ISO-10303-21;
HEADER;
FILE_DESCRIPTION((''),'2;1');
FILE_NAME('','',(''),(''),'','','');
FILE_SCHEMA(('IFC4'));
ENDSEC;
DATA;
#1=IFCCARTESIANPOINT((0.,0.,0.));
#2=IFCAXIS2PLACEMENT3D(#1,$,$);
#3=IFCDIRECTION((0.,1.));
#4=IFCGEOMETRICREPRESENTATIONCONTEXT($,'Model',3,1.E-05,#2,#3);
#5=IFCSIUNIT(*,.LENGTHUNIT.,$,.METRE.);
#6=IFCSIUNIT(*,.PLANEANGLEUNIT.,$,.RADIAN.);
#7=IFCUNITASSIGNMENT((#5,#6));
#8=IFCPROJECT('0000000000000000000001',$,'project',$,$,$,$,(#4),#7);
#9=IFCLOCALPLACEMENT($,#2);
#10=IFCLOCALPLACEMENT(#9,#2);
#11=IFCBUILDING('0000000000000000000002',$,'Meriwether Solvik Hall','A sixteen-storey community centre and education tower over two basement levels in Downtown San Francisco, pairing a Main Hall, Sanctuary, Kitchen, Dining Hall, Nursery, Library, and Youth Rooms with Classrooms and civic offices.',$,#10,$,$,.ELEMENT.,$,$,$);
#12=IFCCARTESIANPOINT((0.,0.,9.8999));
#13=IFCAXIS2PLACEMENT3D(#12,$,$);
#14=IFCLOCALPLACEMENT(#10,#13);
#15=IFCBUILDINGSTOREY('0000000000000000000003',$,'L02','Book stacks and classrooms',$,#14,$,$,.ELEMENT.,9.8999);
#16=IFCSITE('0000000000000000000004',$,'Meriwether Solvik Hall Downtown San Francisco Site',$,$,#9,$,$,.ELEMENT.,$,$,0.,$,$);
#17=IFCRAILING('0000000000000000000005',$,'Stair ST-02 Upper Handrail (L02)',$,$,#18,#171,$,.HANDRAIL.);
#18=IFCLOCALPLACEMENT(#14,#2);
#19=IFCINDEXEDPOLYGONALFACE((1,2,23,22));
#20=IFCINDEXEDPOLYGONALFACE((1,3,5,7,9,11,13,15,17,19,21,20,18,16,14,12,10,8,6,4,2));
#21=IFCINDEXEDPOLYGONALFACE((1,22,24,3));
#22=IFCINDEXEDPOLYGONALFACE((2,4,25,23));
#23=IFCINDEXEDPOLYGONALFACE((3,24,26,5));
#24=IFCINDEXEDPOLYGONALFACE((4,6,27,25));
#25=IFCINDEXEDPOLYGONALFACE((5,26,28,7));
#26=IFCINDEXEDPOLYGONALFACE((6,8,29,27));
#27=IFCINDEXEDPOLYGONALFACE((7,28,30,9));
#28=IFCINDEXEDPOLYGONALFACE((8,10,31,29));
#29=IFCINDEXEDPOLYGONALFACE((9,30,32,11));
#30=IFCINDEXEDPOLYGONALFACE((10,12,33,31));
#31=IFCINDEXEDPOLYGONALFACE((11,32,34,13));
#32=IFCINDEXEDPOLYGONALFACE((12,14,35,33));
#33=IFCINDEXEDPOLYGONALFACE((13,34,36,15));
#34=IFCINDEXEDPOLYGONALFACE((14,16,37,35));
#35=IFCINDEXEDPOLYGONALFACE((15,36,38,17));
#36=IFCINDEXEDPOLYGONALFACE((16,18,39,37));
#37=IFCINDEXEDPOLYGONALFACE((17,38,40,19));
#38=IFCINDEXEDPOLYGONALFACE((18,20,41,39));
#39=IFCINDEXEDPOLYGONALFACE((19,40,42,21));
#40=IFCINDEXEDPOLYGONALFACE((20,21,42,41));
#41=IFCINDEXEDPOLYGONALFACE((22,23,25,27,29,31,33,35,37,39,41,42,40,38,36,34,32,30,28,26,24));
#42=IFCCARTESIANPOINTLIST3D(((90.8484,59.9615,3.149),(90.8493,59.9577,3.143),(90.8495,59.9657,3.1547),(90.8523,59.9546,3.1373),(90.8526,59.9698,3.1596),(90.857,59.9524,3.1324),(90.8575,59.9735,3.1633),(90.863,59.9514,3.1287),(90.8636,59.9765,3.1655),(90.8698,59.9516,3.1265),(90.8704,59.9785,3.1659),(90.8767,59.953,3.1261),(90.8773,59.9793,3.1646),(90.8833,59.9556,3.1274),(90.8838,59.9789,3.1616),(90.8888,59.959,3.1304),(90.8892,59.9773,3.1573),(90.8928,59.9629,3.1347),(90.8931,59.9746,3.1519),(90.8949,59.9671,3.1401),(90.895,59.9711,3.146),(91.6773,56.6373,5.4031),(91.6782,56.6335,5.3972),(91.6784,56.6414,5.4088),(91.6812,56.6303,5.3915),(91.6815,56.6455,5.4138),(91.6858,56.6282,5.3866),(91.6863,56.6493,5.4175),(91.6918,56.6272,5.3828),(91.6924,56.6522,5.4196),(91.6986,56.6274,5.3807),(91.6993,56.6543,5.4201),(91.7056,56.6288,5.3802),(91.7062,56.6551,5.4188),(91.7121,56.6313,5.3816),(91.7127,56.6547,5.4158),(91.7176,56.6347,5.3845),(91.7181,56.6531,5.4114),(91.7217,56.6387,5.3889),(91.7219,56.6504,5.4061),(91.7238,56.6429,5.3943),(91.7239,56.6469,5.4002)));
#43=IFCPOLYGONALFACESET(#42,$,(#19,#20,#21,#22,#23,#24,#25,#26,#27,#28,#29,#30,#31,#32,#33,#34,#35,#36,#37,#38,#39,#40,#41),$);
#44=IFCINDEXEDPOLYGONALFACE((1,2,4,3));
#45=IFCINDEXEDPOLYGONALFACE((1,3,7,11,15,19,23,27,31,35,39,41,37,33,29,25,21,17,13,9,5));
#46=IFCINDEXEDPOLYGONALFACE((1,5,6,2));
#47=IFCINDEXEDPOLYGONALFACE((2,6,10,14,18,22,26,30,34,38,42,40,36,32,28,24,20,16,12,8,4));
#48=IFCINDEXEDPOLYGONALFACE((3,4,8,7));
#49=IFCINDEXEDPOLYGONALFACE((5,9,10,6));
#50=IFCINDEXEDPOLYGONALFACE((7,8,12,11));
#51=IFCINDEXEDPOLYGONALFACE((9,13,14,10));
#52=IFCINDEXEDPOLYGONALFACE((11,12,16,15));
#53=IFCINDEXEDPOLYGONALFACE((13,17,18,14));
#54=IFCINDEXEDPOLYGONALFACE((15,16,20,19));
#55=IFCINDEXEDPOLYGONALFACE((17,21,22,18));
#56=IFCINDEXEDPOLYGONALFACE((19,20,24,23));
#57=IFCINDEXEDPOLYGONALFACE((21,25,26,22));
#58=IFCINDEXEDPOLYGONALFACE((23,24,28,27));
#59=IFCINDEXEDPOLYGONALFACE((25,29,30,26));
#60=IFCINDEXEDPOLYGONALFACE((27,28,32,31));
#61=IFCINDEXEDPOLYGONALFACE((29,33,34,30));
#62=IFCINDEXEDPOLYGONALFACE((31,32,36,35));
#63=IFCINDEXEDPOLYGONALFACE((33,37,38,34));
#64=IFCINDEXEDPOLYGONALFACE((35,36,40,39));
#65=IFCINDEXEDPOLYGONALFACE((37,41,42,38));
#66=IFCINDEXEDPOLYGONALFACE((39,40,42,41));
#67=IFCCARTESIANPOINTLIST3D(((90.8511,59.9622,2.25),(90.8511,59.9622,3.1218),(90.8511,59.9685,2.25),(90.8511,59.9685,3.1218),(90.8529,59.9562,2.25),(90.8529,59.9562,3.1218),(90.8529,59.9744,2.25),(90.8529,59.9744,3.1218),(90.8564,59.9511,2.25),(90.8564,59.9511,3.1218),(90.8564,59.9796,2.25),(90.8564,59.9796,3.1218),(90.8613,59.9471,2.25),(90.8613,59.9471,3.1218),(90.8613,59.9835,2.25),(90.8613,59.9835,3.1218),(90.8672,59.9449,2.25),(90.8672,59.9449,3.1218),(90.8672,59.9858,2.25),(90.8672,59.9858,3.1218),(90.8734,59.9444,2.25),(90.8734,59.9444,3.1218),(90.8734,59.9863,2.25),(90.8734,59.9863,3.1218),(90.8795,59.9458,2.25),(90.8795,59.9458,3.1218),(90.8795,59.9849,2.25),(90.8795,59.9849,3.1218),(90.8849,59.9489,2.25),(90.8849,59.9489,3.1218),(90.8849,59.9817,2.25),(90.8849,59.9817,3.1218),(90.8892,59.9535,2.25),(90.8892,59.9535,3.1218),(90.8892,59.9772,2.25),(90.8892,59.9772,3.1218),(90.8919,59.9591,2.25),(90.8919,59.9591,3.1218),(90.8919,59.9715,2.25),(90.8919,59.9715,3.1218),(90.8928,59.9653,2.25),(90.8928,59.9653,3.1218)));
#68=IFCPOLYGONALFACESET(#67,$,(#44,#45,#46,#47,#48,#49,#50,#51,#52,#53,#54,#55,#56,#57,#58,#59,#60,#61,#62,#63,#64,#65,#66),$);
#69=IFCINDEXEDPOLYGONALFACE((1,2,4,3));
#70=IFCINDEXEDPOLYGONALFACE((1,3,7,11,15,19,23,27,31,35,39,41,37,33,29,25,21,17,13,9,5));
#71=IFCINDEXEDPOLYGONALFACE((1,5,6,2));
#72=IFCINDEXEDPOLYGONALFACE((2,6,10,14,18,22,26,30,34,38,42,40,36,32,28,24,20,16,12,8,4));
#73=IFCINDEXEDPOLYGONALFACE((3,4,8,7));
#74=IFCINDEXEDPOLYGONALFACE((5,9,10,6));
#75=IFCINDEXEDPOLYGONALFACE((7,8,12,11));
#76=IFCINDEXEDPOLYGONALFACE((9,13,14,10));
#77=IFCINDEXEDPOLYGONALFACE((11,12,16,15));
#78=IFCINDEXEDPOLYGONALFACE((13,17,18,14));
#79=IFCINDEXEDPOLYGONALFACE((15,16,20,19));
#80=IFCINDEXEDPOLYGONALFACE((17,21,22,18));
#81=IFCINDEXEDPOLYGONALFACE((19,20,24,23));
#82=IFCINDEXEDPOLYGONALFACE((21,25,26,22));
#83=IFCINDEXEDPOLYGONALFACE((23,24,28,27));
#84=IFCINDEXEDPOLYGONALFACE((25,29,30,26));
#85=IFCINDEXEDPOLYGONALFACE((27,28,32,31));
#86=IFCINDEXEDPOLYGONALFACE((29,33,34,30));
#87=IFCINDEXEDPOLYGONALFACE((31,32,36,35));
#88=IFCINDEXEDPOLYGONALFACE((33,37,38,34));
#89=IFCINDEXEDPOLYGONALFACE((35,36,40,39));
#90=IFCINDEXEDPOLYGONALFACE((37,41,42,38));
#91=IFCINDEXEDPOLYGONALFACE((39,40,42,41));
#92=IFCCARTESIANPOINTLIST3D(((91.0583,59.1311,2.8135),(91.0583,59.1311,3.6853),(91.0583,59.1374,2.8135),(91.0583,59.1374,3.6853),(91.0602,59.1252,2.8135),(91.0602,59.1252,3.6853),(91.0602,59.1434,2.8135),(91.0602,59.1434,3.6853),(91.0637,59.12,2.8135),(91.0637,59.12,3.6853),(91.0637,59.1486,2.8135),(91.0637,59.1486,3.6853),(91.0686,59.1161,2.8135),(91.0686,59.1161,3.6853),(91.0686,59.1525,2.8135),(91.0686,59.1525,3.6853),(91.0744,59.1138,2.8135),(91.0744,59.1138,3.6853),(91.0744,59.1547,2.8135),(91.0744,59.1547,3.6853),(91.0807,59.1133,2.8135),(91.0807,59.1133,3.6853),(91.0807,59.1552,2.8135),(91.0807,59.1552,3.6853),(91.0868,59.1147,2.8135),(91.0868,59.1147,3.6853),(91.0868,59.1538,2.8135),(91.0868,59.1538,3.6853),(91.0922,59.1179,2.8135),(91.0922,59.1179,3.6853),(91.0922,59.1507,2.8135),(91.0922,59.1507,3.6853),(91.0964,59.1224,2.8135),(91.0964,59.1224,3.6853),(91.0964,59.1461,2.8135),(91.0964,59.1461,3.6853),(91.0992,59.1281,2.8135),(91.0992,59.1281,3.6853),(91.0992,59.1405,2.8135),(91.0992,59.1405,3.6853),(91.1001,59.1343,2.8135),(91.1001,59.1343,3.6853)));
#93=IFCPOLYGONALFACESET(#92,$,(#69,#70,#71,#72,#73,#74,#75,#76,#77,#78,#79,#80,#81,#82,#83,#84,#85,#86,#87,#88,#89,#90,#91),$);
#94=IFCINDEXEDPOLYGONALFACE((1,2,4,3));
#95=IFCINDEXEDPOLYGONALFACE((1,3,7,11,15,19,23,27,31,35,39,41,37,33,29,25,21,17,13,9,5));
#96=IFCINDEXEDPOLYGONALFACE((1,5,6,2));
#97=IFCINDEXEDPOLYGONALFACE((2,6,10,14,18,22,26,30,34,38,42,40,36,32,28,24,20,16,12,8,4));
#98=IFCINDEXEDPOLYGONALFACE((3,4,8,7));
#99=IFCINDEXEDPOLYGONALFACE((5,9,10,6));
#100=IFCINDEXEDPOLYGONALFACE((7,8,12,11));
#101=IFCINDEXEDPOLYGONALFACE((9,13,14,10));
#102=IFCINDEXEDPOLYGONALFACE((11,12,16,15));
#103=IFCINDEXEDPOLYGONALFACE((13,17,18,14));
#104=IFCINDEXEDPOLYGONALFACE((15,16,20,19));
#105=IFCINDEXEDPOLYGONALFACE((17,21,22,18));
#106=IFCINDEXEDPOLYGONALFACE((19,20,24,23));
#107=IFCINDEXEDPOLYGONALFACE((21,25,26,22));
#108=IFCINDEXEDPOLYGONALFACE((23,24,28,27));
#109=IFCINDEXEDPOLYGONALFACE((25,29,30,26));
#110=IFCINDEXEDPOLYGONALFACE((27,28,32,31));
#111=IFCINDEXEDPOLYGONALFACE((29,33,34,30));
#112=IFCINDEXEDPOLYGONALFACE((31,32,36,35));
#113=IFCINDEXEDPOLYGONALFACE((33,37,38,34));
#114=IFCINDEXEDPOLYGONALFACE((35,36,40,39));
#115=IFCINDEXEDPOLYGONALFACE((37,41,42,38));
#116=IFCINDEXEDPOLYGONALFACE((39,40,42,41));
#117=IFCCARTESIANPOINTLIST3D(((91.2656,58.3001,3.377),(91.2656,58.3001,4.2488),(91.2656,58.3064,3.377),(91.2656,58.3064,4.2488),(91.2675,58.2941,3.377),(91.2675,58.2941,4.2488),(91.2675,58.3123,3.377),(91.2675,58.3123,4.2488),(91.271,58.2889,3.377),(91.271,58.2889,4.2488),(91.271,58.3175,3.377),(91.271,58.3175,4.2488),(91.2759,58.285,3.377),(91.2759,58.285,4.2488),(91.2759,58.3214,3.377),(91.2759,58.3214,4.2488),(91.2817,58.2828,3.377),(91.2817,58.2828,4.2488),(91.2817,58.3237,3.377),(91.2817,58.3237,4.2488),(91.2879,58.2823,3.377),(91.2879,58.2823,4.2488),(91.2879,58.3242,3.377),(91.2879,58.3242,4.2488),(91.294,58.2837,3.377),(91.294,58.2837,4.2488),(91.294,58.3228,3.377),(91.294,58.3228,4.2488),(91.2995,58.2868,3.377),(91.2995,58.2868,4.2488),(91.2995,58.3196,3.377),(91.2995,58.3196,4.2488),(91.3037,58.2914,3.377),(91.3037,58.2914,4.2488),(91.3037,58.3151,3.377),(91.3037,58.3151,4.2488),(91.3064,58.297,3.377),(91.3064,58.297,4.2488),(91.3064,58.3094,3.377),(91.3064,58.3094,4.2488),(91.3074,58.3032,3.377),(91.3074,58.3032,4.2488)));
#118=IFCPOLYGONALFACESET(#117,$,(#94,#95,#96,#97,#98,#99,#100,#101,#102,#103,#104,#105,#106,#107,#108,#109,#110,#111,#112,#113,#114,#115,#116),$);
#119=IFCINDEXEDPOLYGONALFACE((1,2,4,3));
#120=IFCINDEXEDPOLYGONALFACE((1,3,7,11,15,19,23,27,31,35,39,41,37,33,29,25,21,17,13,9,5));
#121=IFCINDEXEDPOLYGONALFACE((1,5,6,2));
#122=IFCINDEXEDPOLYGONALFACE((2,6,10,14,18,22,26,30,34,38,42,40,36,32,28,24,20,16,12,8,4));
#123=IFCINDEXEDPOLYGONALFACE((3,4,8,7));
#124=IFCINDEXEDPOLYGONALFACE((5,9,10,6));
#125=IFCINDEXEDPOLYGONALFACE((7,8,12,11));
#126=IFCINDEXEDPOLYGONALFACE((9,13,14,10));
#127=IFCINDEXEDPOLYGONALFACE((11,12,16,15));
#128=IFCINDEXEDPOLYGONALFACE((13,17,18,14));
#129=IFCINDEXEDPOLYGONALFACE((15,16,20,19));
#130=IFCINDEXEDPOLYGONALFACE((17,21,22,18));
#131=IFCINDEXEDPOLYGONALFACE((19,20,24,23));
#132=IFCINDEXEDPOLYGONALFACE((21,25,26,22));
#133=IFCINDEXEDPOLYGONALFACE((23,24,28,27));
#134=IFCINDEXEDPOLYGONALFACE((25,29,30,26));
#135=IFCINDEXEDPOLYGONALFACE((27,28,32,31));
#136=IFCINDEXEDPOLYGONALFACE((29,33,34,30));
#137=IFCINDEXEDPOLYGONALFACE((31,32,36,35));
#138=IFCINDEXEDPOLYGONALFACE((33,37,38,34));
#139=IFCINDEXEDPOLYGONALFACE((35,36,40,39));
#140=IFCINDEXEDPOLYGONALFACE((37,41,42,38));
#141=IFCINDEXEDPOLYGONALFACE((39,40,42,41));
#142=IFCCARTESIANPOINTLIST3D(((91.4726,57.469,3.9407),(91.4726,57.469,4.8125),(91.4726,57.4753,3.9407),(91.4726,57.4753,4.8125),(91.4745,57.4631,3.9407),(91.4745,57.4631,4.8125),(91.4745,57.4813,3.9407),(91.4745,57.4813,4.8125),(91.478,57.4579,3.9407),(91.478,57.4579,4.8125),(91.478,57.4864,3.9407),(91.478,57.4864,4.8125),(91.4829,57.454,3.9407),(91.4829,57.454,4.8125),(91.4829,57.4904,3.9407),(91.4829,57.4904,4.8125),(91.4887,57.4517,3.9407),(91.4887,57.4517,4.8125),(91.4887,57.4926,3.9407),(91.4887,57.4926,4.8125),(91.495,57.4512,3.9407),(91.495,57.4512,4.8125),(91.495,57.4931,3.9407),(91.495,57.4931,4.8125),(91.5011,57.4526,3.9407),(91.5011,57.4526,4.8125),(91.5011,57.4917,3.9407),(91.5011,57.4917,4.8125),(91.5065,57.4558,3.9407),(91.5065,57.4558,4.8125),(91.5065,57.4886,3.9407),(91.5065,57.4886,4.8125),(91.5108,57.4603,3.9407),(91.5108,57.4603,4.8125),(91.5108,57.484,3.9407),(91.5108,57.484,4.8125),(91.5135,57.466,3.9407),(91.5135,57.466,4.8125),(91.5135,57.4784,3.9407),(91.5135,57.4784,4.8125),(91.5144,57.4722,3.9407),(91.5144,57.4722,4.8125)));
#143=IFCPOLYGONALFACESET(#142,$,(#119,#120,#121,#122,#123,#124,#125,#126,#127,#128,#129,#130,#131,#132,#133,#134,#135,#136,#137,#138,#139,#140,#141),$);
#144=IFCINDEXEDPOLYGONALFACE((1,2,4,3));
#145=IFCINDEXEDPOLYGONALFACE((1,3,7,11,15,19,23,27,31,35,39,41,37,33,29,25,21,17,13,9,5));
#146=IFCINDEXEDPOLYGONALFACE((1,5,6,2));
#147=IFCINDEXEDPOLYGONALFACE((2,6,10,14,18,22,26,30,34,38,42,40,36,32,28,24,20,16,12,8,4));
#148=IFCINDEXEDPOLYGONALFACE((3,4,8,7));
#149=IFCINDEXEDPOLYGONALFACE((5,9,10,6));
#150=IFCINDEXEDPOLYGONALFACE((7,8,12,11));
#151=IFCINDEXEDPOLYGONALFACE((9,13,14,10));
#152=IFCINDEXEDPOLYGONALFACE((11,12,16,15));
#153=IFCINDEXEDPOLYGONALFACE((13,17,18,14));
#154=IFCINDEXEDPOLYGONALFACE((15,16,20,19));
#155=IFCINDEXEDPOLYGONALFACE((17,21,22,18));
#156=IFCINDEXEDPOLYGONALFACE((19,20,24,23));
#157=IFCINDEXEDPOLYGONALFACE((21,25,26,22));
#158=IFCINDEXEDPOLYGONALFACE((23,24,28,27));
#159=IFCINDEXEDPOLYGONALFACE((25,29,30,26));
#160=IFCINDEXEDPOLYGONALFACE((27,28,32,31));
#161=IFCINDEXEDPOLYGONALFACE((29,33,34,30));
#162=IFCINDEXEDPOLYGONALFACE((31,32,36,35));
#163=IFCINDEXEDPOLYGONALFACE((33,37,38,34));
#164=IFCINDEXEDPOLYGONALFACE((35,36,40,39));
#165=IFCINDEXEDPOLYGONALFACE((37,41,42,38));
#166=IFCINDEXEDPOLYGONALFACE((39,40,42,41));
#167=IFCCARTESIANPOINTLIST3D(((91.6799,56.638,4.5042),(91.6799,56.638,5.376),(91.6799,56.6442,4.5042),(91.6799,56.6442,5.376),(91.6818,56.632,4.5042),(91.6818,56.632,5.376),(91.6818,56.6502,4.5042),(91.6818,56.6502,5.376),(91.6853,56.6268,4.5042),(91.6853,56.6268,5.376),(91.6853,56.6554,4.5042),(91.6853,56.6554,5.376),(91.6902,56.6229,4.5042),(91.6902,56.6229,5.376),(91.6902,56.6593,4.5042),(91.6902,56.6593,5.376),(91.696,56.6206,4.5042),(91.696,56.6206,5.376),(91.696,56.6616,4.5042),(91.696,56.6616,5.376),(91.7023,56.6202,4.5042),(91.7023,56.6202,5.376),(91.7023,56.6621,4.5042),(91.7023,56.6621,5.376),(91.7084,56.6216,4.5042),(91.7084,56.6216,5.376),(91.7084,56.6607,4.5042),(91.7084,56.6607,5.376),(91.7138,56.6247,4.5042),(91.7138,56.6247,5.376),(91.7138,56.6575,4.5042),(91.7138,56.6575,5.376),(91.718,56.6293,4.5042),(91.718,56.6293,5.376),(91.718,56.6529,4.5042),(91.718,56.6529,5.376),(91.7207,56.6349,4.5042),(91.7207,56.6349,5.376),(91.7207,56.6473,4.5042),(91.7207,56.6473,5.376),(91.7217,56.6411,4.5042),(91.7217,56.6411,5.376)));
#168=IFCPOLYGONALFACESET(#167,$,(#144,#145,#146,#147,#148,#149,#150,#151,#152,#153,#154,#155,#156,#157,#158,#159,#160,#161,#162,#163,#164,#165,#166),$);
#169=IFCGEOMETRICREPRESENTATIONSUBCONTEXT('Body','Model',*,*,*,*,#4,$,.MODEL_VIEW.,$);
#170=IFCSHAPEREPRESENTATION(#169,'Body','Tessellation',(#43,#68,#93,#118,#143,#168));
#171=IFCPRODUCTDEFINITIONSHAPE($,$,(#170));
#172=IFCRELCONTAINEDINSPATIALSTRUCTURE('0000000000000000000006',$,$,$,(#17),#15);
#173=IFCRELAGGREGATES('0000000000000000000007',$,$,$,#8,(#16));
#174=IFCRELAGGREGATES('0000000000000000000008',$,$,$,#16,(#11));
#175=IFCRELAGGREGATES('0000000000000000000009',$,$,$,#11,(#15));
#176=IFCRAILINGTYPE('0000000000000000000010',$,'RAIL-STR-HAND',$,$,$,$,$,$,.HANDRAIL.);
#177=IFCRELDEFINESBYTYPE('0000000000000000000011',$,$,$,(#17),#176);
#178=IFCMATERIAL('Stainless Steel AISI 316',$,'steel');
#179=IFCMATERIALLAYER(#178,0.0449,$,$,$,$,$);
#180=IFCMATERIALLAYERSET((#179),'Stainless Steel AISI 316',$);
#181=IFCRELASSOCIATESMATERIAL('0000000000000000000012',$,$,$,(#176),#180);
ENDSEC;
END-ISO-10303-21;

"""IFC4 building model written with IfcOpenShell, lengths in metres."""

from ifc_helpers import new_model, si_unit, direction, frame, origin, origin_2d, place, context, subcontext, project, spatial, circle, extrude, material, layer, layer_set, type_object, element, save


model = new_model("IFC4")

# Units and contexts
model_context = context("Model", 3, precision=1e-05, world=origin(), true_north=direction((0.0, 1.0)))
body_context = subcontext(model_context, "Body", "Model", "MODEL_VIEW")
ifc_project = project(units=[si_unit("LENGTHUNIT", "METRE"), si_unit("PLANEANGLEUNIT", "RADIAN")], contexts=[model_context])

# Site, building, storey
site_placement = place(None, origin())
site = spatial("IfcSite", under=ifc_project, at=site_placement, Name="Meriwether Solvik Hall Downtown San Francisco Site", CompositionType="ELEMENT", RefElevation=0.0)
building_placement = place(site_placement, origin())
building = spatial("IfcBuilding", under=site, at=building_placement, Name="Meriwether Solvik Hall", Description="A sixteen-storey community centre and education tower over two basement levels in Downtown San Francisco, pairing a Main Hall, Sanctuary, Kitchen, Dining Hall, Nursery, Library, and Youth Rooms with Classrooms and civic offices.", CompositionType="ELEMENT")
storey_placement = place(building_placement, frame((0.0, 0.0, 9.8999)))
storey = spatial("IfcBuildingStorey", under=building, at=storey_placement, Name="L02", Description="Book stacks and classrooms", CompositionType="ELEMENT", Elevation=9.8999)

# Railing
ifc_material_1 = material(Name="Stainless Steel AISI 316", Category="steel")
ifc_layer_1 = layer(ifc_material_1, 0.0449)
ifc_layer_set_1 = layer_set([ifc_layer_1], Name="Stainless Steel AISI 316")
railing_type_1 = type_object("IfcRailingType", Name="RAIL-STR-HAND", PredefinedType="HANDRAIL", material=ifc_layer_set_1)
railing_1_placement = place(storey_placement, frame((90.8718, 59.9653, 2.25)))
element("IfcRailing", 1, at=railing_1_placement, inside=storey, type_object=railing_type_1, Name="Stair ST-02 Upper Handrail (L02)", PredefinedType="HANDRAIL", context=body_context, shape_type="SweptSolid", body=[
    extrude(circle(Radius=0.0239, at=origin_2d()), frame((0.0, 0.0, 0.896), z_axis=(0.202108, -0.810577, 0.549652), x_axis=(0.970293, 0.241932, 0.0)), (0.0, 0.0, 1.0), 4.1011),
    extrude(circle(Radius=0.021, at=origin_2d()), origin(), (0.0, 0.0, 1.0), 0.8718),
    extrude(circle(Radius=0.021, at=origin_2d()), frame((0.2073, -0.8311, 0.5635)), (0.0, 0.0, 1.0), 0.8718),
    extrude(circle(Radius=0.021, at=origin_2d()), frame((0.4146, -1.6621, 1.127)), (0.0, 0.0, 1.0), 0.8718),
    extrude(circle(Radius=0.021, at=origin_2d()), frame((0.6216, -2.4932, 1.6907)), (0.0, 0.0, 1.0), 0.8718),
    extrude(circle(Radius=0.021, at=origin_2d()), frame((0.8289, -3.3242, 2.2542)), (0.0, 0.0, 1.0), 0.8718),
])

save(model, "model.ifc")
